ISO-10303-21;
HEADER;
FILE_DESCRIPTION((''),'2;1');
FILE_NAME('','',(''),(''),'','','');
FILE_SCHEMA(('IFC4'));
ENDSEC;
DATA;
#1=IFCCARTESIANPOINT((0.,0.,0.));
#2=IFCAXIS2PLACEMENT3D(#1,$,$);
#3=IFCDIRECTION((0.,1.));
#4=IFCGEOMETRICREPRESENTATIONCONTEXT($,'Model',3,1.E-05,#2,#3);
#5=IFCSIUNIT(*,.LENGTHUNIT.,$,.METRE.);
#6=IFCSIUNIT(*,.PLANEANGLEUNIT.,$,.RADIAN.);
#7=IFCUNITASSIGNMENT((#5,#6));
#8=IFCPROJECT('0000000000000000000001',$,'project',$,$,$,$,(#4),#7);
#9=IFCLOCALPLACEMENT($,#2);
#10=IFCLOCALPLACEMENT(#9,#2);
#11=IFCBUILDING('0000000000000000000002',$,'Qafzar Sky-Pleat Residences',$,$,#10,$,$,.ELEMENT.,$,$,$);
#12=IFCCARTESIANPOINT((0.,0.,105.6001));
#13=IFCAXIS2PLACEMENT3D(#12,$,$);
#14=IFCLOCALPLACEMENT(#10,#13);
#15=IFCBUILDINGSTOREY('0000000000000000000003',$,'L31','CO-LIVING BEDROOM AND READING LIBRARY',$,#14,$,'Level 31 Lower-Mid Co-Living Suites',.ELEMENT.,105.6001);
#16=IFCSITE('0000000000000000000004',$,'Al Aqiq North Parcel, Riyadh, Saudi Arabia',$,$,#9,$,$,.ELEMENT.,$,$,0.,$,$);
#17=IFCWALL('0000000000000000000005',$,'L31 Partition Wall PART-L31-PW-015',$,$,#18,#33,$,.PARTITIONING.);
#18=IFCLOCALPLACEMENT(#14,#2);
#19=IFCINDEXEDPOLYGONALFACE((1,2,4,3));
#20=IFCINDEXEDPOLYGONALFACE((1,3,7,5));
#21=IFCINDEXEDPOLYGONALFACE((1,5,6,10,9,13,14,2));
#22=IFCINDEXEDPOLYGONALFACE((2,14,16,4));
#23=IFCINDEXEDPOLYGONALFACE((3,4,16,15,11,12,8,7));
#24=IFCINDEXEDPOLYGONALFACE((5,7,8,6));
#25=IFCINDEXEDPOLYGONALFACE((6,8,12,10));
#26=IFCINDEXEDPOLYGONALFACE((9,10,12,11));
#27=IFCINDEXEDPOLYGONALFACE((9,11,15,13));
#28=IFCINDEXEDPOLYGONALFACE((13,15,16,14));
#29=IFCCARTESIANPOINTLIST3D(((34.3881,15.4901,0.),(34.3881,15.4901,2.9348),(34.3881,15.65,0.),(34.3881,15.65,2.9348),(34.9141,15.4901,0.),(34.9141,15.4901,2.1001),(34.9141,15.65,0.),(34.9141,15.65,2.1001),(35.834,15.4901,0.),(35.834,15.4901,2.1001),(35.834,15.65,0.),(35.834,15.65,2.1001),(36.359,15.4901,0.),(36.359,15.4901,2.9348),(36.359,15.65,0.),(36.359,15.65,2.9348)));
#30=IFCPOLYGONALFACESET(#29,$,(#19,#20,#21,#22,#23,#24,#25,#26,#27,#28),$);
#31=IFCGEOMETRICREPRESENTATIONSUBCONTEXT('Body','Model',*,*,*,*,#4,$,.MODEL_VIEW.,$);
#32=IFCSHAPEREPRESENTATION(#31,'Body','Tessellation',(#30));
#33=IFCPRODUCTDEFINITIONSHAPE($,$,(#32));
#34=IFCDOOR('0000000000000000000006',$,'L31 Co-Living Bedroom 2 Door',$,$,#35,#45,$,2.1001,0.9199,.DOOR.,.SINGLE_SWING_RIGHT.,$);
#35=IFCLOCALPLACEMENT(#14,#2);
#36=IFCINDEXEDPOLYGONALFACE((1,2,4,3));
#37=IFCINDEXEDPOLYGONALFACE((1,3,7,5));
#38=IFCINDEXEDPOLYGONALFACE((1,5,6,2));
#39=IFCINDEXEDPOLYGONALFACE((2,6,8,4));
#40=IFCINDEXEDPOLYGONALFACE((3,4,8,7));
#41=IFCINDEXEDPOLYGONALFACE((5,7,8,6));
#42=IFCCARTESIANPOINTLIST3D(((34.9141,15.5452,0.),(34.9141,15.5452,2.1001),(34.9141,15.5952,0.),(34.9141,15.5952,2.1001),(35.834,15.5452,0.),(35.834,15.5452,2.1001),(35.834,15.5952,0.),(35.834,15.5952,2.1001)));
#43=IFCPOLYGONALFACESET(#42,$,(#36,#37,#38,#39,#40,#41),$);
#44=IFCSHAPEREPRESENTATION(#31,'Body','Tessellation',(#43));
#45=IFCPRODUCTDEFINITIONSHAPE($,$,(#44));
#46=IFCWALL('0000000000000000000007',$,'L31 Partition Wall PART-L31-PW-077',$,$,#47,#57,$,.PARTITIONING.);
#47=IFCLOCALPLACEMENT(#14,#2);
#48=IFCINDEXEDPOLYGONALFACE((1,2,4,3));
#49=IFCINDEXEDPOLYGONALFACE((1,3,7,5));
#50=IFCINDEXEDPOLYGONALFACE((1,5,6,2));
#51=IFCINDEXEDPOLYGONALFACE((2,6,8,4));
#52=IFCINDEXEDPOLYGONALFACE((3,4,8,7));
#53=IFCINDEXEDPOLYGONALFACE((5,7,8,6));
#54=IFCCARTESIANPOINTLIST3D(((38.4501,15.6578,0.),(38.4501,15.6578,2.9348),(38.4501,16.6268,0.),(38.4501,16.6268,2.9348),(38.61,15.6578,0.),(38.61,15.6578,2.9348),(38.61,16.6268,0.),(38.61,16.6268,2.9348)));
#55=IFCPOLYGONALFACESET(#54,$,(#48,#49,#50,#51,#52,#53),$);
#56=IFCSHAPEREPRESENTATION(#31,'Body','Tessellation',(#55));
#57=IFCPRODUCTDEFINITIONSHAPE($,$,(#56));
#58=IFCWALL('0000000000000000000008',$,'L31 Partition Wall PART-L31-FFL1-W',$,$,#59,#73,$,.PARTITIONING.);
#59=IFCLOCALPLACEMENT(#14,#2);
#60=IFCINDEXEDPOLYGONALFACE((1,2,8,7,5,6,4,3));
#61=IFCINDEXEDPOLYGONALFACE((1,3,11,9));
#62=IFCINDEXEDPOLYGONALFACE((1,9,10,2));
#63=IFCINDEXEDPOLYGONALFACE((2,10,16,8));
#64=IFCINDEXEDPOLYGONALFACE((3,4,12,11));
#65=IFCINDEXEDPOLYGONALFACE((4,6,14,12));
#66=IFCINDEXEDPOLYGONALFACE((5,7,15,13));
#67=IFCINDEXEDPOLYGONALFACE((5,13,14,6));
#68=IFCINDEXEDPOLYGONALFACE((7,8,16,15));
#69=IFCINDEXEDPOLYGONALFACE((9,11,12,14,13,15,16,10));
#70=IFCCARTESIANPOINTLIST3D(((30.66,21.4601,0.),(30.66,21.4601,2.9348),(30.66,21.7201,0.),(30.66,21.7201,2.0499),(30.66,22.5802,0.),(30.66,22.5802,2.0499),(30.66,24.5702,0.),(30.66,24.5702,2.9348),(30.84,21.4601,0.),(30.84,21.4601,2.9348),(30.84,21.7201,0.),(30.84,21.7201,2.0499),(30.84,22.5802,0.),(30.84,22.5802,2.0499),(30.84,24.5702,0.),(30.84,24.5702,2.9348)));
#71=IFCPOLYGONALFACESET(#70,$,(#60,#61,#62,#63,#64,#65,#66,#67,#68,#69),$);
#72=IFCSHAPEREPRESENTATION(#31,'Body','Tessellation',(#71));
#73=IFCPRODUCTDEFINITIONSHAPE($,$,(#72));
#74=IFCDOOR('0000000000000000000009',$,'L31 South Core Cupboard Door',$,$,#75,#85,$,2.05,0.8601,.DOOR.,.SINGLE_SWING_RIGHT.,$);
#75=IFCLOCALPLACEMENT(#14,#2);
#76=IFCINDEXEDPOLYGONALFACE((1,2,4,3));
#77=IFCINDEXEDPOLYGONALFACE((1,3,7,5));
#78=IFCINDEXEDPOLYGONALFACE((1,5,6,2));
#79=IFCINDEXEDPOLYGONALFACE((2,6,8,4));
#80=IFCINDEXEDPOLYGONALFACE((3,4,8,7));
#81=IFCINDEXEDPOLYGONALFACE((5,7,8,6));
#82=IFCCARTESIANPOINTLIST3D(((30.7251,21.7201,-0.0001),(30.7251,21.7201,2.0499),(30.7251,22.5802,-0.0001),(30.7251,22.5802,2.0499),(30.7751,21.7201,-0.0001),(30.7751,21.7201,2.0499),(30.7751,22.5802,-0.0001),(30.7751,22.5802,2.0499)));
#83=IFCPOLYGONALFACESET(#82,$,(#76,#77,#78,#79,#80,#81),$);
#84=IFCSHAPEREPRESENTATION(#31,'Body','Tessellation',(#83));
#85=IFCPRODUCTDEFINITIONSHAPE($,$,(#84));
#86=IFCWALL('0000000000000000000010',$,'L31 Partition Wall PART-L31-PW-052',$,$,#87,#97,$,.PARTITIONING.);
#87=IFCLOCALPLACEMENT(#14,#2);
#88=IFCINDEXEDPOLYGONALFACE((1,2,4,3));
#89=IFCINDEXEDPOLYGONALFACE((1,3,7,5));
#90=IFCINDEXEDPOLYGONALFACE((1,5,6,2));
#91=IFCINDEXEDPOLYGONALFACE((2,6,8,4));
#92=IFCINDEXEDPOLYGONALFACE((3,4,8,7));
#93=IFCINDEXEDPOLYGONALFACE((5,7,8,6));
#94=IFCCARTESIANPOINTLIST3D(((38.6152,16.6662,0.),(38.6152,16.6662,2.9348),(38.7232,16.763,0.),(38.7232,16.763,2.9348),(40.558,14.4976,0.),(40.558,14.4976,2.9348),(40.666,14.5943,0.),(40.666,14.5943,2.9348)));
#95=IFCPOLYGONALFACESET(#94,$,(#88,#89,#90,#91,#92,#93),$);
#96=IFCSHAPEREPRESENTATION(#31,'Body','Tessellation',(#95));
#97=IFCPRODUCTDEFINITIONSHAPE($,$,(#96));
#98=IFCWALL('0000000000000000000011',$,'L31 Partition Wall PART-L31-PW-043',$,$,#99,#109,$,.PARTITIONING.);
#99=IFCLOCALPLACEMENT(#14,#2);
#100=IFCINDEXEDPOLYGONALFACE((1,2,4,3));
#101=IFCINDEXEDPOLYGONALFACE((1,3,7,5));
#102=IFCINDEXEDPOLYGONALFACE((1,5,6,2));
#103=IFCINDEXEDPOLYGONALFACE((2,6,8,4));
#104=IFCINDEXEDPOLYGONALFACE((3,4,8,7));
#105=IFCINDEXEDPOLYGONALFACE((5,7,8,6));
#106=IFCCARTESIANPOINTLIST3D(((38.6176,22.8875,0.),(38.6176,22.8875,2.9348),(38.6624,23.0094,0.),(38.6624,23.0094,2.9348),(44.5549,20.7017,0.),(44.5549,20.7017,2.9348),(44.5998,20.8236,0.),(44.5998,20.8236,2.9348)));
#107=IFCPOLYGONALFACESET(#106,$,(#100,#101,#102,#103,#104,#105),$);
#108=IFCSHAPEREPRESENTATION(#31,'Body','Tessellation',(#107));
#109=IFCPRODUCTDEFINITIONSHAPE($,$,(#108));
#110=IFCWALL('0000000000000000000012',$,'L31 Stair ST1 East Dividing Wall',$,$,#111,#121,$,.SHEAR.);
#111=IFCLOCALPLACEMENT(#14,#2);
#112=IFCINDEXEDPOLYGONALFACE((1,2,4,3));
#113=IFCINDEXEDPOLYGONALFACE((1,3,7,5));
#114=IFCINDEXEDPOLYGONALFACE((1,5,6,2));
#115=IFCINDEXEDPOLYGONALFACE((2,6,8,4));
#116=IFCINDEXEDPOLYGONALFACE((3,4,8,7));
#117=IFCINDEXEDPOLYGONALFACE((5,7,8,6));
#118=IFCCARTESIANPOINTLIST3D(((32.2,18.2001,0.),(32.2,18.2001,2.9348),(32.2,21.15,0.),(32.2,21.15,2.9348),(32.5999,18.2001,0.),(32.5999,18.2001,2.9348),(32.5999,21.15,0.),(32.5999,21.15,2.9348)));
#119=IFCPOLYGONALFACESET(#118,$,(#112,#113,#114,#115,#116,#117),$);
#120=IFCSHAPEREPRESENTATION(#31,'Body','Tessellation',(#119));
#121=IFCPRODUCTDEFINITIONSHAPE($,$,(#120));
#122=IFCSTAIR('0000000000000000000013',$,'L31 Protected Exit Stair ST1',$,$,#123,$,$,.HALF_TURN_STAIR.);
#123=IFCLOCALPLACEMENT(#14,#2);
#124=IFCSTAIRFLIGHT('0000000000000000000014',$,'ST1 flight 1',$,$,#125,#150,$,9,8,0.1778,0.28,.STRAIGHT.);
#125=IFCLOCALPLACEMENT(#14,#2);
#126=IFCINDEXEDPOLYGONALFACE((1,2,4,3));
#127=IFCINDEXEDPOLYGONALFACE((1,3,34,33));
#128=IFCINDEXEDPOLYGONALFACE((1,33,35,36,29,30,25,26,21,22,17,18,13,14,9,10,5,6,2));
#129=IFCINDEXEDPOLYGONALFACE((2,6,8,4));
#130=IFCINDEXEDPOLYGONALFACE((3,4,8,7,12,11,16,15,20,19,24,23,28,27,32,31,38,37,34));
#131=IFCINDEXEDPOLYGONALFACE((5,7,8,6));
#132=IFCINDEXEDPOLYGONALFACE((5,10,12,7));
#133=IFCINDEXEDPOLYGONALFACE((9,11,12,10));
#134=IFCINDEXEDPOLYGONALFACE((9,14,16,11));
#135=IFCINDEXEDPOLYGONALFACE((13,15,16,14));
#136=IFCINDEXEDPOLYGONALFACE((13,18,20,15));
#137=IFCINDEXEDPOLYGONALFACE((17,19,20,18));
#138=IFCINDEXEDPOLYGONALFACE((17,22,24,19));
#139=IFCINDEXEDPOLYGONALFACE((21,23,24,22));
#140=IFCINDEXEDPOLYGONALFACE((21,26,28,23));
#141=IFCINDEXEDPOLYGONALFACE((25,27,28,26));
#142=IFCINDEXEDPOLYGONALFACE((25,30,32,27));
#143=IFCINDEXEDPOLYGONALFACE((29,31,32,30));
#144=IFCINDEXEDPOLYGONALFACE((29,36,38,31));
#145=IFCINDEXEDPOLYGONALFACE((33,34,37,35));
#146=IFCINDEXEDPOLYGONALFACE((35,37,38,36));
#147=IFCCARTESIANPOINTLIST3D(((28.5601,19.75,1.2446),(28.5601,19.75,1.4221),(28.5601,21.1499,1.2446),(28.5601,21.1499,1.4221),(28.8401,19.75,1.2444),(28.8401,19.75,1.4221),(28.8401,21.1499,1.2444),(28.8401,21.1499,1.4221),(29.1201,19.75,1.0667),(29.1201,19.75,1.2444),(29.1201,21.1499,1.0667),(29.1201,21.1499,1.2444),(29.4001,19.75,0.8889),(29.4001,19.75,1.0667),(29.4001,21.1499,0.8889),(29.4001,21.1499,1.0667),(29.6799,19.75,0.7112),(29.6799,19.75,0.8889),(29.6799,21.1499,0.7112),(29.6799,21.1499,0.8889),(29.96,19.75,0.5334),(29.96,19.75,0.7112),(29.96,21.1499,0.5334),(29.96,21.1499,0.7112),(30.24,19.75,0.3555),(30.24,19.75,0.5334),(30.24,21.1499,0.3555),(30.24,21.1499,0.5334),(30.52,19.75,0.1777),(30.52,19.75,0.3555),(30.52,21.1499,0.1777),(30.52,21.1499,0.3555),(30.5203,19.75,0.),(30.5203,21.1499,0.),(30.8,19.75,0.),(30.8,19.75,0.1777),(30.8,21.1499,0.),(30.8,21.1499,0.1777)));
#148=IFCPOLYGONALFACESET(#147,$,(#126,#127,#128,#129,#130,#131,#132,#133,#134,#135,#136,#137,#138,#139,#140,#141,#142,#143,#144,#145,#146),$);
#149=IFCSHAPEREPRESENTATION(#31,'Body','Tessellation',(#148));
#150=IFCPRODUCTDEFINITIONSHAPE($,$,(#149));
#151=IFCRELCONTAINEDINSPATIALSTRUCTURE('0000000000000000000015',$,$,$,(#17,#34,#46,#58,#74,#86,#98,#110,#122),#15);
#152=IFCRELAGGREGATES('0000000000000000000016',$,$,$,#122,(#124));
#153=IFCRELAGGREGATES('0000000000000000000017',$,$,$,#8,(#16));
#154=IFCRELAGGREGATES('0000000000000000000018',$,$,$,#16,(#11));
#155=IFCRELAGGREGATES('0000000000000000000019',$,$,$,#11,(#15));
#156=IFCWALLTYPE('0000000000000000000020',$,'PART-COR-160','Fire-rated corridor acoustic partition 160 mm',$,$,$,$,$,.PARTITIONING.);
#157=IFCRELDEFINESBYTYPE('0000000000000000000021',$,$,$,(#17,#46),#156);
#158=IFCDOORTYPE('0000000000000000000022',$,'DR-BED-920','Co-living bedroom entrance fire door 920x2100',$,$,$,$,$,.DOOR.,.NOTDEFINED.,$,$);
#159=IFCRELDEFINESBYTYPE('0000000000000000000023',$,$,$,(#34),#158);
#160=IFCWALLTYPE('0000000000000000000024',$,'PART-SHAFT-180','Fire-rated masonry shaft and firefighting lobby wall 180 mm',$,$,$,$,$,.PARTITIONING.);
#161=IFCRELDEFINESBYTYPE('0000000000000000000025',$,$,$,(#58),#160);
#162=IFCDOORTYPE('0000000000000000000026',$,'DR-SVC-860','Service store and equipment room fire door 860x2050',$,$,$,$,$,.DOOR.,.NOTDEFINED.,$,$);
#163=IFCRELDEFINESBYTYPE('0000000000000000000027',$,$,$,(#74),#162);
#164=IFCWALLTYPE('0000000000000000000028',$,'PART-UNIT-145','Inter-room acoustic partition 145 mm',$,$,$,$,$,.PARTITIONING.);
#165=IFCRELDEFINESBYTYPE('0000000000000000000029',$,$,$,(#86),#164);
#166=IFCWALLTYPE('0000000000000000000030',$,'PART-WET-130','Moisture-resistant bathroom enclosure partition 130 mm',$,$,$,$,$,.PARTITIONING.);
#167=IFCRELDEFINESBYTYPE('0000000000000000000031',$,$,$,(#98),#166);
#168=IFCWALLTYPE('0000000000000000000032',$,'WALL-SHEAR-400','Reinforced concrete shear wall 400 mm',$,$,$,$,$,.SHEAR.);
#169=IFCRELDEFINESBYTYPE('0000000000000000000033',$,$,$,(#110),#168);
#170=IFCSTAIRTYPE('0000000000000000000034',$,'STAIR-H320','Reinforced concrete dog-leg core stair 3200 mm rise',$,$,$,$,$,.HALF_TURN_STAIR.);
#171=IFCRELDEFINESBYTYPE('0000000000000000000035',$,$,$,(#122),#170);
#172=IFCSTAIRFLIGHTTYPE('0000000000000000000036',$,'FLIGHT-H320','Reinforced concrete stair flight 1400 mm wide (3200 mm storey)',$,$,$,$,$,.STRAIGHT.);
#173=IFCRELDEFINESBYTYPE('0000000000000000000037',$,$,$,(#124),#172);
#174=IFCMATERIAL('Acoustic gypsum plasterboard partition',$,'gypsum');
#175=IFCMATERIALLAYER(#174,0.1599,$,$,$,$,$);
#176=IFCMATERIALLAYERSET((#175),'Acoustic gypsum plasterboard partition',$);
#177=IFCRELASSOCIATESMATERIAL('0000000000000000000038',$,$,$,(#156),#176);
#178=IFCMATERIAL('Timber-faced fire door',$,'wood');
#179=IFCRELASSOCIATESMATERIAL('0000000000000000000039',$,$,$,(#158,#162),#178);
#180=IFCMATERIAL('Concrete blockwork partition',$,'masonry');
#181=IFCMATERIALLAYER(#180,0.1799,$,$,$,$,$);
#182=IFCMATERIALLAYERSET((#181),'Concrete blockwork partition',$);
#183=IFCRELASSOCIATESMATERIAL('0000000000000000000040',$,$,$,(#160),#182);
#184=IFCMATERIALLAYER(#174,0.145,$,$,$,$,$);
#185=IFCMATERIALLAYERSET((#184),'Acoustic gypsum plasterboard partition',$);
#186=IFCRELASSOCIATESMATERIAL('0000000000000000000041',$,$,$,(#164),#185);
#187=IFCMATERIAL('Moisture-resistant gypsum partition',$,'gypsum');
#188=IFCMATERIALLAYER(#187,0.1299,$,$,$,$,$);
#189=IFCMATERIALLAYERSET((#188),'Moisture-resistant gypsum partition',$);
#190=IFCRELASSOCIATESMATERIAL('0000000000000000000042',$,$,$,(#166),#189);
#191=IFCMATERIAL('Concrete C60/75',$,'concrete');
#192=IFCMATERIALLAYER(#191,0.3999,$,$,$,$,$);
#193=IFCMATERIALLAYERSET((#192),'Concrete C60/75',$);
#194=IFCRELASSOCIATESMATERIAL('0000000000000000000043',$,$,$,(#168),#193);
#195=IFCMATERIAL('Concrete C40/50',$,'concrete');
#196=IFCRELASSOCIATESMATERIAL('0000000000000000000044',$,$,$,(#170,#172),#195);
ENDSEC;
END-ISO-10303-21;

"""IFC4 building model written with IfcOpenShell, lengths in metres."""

from ifc_helpers import new_model, si_unit, direction, frame, frame_2d, origin, place, context, subcontext, project, spatial, polyline, rectangle, outline, extrude, source, transform, mapped, material, layer, layer_set, type_object, element, fill, aggregate, save


model = new_model("IFC4")

# Units and contexts
model_context = context("Model", 3, precision=1e-05, world=origin(), true_north=direction((0.0, 1.0)))
body_context = subcontext(model_context, "Body", "Model", "MODEL_VIEW")
ifc_project = project(units=[si_unit("LENGTHUNIT", "METRE"), si_unit("PLANEANGLEUNIT", "RADIAN")], contexts=[model_context])

# Site, building, storey
site_placement = place(None, origin())
site = spatial("IfcSite", under=ifc_project, at=site_placement, Name="Al Aqiq North Parcel, Riyadh, Saudi Arabia", CompositionType="ELEMENT", RefElevation=0.0)
building_placement = place(site_placement, origin())
building = spatial("IfcBuilding", under=site, at=building_placement, Name="Qafzar Sky-Pleat Residences", CompositionType="ELEMENT")
storey_placement = place(building_placement, frame((0.0, 0.0, 105.6001)))
storey = spatial("IfcBuildingStorey", under=building, at=storey_placement, Name="L31", Description="CO-LIVING BEDROOM AND READING LIBRARY", LongName="Level 31 Lower-Mid Co-Living Suites", CompositionType="ELEMENT", Elevation=105.6001)

# Wall, opening, door
ifc_material_1 = material(Name="Acoustic gypsum plasterboard partition", Category="gypsum")
ifc_layer_1 = layer(ifc_material_1, 0.1599)
ifc_layer_set_1 = layer_set([ifc_layer_1], Name="Acoustic gypsum plasterboard partition")
wall_type_1 = type_object("IfcWallType", Name="PART-COR-160", Description="Fire-rated corridor acoustic partition 160 mm", PredefinedType="PARTITIONING", material=ifc_layer_set_1)
ifc_material_2 = material(Name="Timber-faced fire door", Category="wood")
door_type_1 = type_object("IfcDoorType", Name="DR-BED-920", Description="Co-living bedroom entrance fire door 920x2100", OperationType="NOTDEFINED", PredefinedType="DOOR", material=ifc_material_2)
shared_shape_1 = source(origin(), body_context, "Body", "SweptSolid", [
    extrude(rectangle(XDim=0.9199, YDim=2.1001, at=frame_2d((0.46, 1.05))), frame((0.0, 0.0249, 0.0), z_axis=(0.0, -1.0, 0.0), x_axis=(1.0, 0.0, 0.0)), (0.0, 0.0, 1.0), 0.05),
])
wall_1_placement = place(storey_placement, frame((36.3589, 15.5701, 0.0), z_axis=(0.0, 0.0, 1.0), x_axis=(-1.0, 0.0, 0.0)))
wall_1 = element("IfcWall", 1, at=wall_1_placement, inside=storey, type_object=wall_type_1, Name="L31 Partition Wall PART-L31-PW-015", PredefinedType="PARTITIONING", context=body_context, shape_type="SweptSolid", body=[
    extrude(rectangle(XDim=1.9709, YDim=0.1599, at=frame_2d((0.9854, 0.0))), origin(), (0.0, 0.0, 1.0), 2.9348),
])
opening_1_placement = place(wall_1_placement, frame((0.5249, 0.0, 0.0)))
opening_1 = element("IfcOpeningElement", 2, at=opening_1_placement, cuts=wall_1, PredefinedType="OPENING", context=body_context, shape_type="SweptSolid", body=[
    extrude(rectangle(XDim=0.9199, YDim=2.1001, at=frame_2d((0.46, 1.05))), frame((0.0, 0.0898, 0.0), z_axis=(0.0, -1.0, 0.0), x_axis=(1.0, 0.0, 0.0)), (0.0, 0.0, 1.0), 0.1799),
])
door_1_placement = place(opening_1_placement, origin())
door_1 = element("IfcDoor", 3, at=door_1_placement, inside=storey, type_object=door_type_1, Name="L31 Co-Living Bedroom 2 Door", OperationType="SINGLE_SWING_RIGHT", OverallHeight=2.1001, OverallWidth=0.9199, PredefinedType="DOOR", context=body_context, shape_type="MappedRepresentation", body=[
    mapped(shared_shape_1, transform((0.0, 0.0, 0.0), x_axis=(1.0, 0.0, 0.0), y_axis=(0.0, 1.0, 0.0), z_axis=(0.0, 0.0, 1.0), scale=1.0)),
])
fill(opening_1, door_1)

# Wall
wall_2_placement = place(storey_placement, frame((38.53, 15.658, 0.0), z_axis=(0.0, 0.0, 1.0), x_axis=(0.0, 1.0, 0.0)))
element("IfcWall", 4, at=wall_2_placement, inside=storey, type_object=wall_type_1, Name="L31 Partition Wall PART-L31-PW-077", PredefinedType="PARTITIONING", context=body_context, shape_type="SweptSolid", body=[
    extrude(rectangle(XDim=0.969, YDim=0.1599, at=frame_2d((0.4844, 0.0))), origin(), (0.0, 0.0, 1.0), 2.9348),
])

# Wall, opening, door
ifc_material_3 = material(Name="Concrete blockwork partition", Category="masonry")
ifc_layer_2 = layer(ifc_material_3, 0.1799)
ifc_layer_set_2 = layer_set([ifc_layer_2], Name="Concrete blockwork partition")
wall_type_2 = type_object("IfcWallType", Name="PART-SHAFT-180", Description="Fire-rated masonry shaft and firefighting lobby wall 180 mm", PredefinedType="PARTITIONING", material=ifc_layer_set_2)
wall_3_placement = place(storey_placement, frame((30.75, 21.46, 0.0), z_axis=(0.0, 0.0, 1.0), x_axis=(0.0, 1.0, 0.0)))
wall_3 = element("IfcWall", 5, at=wall_3_placement, inside=storey, type_object=wall_type_2, Name="L31 Partition Wall PART-L31-FFL1-W", PredefinedType="PARTITIONING", context=body_context, shape_type="SweptSolid", body=[
    extrude(rectangle(XDim=3.1101, YDim=0.1799, at=frame_2d((1.5552, 0.0))), origin(), (0.0, 0.0, 1.0), 2.9348),
])
opening_2_placement = place(wall_3_placement, frame((0.26, 0.0, 0.0)))
opening_2 = element("IfcOpeningElement", 6, at=opening_2_placement, cuts=wall_3, PredefinedType="OPENING", context=body_context, shape_type="SweptSolid", body=[
    extrude(rectangle(XDim=0.8601, YDim=2.05, at=frame_2d((0.4302, 1.0249))), frame((0.0, 0.1001, 0.0), z_axis=(0.0, -1.0, 0.0), x_axis=(1.0, 0.0, 0.0)), (0.0, 0.0, 1.0), 0.2),
])
door_type_2 = type_object("IfcDoorType", Name="DR-SVC-860", Description="Service store and equipment room fire door 860x2050", OperationType="NOTDEFINED", PredefinedType="DOOR", material=ifc_material_2)
shared_shape_2 = source(origin(), body_context, "Body", "SweptSolid", [
    extrude(rectangle(XDim=0.8601, YDim=2.05, at=frame_2d((0.4302, 1.0249))), frame((0.0, 0.0249, 0.0), z_axis=(0.0, -1.0, 0.0), x_axis=(1.0, 0.0, 0.0)), (0.0, 0.0, 1.0), 0.05),
])
door_2_placement = place(opening_2_placement, origin())
door_2 = element("IfcDoor", 7, at=door_2_placement, inside=storey, type_object=door_type_2, Name="L31 South Core Cupboard Door", OperationType="SINGLE_SWING_RIGHT", OverallHeight=2.05, OverallWidth=0.8601, PredefinedType="DOOR", context=body_context, shape_type="MappedRepresentation", body=[
    mapped(shared_shape_2, transform((0.0, 0.0, 0.0), x_axis=(1.0, 0.0, 0.0), y_axis=(0.0, 1.0, 0.0), z_axis=(0.0, 0.0, 1.0), scale=1.0)),
])
fill(opening_2, door_2)

# Walls
ifc_layer_3 = layer(ifc_material_1, 0.145)
ifc_layer_set_3 = layer_set([ifc_layer_3], Name="Acoustic gypsum plasterboard partition")
wall_type_3 = type_object("IfcWallType", Name="PART-UNIT-145", Description="Inter-room acoustic partition 145 mm", PredefinedType="PARTITIONING", material=ifc_layer_set_3)
wall_4_placement = place(storey_placement, frame((38.6692, 16.7146, 0.0), z_axis=(0.0, 0.0, 1.0), x_axis=(0.667263, -0.744822, 0.0)))
element("IfcWall", 8, at=wall_4_placement, inside=storey, type_object=wall_type_3, Name="L31 Partition Wall PART-L31-PW-052", PredefinedType="PARTITIONING", context=body_context, shape_type="SweptSolid", body=[
    extrude(rectangle(XDim=2.9116, YDim=0.145, at=frame_2d((1.4558, 0.0))), origin(), (0.0, 0.0, 1.0), 2.9348),
])
ifc_material_4 = material(Name="Moisture-resistant gypsum partition", Category="gypsum")
ifc_layer_4 = layer(ifc_material_4, 0.1299)
ifc_layer_set_4 = layer_set([ifc_layer_4], Name="Moisture-resistant gypsum partition")
wall_type_4 = type_object("IfcWallType", Name="PART-WET-130", Description="Moisture-resistant bathroom enclosure partition 130 mm", PredefinedType="PARTITIONING", material=ifc_layer_set_4)
wall_5_placement = place(storey_placement, frame((38.6399, 22.9485, 0.0), z_axis=(0.0, 0.0, 1.0), x_axis=(0.938426, -0.34548, 0.0)))
element("IfcWall", 9, at=wall_5_placement, inside=storey, type_object=wall_type_4, Name="L31 Partition Wall PART-L31-PW-043", PredefinedType="PARTITIONING", context=body_context, shape_type="SweptSolid", body=[
    extrude(rectangle(XDim=6.3269, YDim=0.1299, at=frame_2d((3.1636, 0.0))), origin(), (0.0, 0.0, 1.0), 2.9348),
])
ifc_material_5 = material(Name="Concrete C60/75", Category="concrete")
ifc_layer_5 = layer(ifc_material_5, 0.3999)
ifc_layer_set_5 = layer_set([ifc_layer_5], Name="Concrete C60/75")
wall_type_5 = type_object("IfcWallType", Name="WALL-SHEAR-400", Description="Reinforced concrete shear wall 400 mm", PredefinedType="SHEAR", material=ifc_layer_set_5)
wall_6_placement = place(storey_placement, frame((32.3999, 18.2, 0.0), z_axis=(0.0, 0.0, 1.0), x_axis=(0.0, 1.0, 0.0)))
element("IfcWall", 10, at=wall_6_placement, inside=storey, type_object=wall_type_5, Name="L31 Stair ST1 East Dividing Wall", PredefinedType="SHEAR", context=body_context, shape_type="SweptSolid", body=[
    extrude(rectangle(XDim=2.95, YDim=0.3999, at=frame_2d((1.4751, 0.0))), origin(), (0.0, 0.0, 1.0), 2.9348),
])

# Stair, stair flight
ifc_material_6 = material(Name="Concrete C40/50", Category="concrete")
stair_type = type_object("IfcStairType", Name="STAIR-H320", Description="Reinforced concrete dog-leg core stair 3200 mm rise", PredefinedType="HALF_TURN_STAIR", material=ifc_material_6)
stair_placement = place(storey_placement, origin())
stair = element("IfcStair", 11, at=stair_placement, inside=storey, type_object=stair_type, Name="L31 Protected Exit Stair ST1", PredefinedType="HALF_TURN_STAIR")
stair_flight_type = type_object("IfcStairFlightType", Name="FLIGHT-H320", Description="Reinforced concrete stair flight 1400 mm wide (3200 mm storey)", PredefinedType="STRAIGHT", material=ifc_material_6)
shared_shape_3 = source(origin(), body_context, "Body", "SweptSolid", [
    extrude(outline(polyline([(0.0, 0.0), (0.0, 0.1777), (0.28, 0.1777), (0.28, 0.3555), (0.5601, 0.3555), (0.5601, 0.5334), (0.8401, 0.5334), (0.8401, 0.7112), (1.1201, 0.7112), (1.1201, 0.8889), (1.3999, 0.8889), (1.3999, 1.0667), (1.6799, 1.0667), (1.6799, 1.2444), (1.96, 1.2444), (1.96, 1.4221), (2.24, 1.4221), (2.24, 1.6001), (2.24, 1.2446), (0.2798, 0.0), (0.0, 0.0)])), frame((0.0, 0.7, 0.0), z_axis=(0.0, -1.0, 0.0), x_axis=(1.0, 0.0, 0.0)), (0.0, 0.0, 1.0), 1.3999),
])
stair_flight_1_placement = place(storey_placement, frame((30.8, 20.45, 0.0), z_axis=(0.0, 0.0, 1.0), x_axis=(-1.0, 0.0, 0.0)))
stair_flight_1 = element("IfcStairFlight", 12, at=stair_flight_1_placement, type_object=stair_flight_type, Name="ST1 flight 1", NumberOfRisers=9, NumberOfTreads=8, PredefinedType="STRAIGHT", RiserHeight=0.1778, TreadLength=0.28, context=body_context, shape_type="MappedRepresentation", body=[
    mapped(shared_shape_3, transform((0.0, 0.0, 0.0), x_axis=(1.0, 0.0, 0.0), y_axis=(0.0, 1.0, 0.0), z_axis=(0.0, 0.0, 1.0), scale=1.0)),
])
aggregate(stair, [stair_flight_1])

save(model, "model.ifc")
